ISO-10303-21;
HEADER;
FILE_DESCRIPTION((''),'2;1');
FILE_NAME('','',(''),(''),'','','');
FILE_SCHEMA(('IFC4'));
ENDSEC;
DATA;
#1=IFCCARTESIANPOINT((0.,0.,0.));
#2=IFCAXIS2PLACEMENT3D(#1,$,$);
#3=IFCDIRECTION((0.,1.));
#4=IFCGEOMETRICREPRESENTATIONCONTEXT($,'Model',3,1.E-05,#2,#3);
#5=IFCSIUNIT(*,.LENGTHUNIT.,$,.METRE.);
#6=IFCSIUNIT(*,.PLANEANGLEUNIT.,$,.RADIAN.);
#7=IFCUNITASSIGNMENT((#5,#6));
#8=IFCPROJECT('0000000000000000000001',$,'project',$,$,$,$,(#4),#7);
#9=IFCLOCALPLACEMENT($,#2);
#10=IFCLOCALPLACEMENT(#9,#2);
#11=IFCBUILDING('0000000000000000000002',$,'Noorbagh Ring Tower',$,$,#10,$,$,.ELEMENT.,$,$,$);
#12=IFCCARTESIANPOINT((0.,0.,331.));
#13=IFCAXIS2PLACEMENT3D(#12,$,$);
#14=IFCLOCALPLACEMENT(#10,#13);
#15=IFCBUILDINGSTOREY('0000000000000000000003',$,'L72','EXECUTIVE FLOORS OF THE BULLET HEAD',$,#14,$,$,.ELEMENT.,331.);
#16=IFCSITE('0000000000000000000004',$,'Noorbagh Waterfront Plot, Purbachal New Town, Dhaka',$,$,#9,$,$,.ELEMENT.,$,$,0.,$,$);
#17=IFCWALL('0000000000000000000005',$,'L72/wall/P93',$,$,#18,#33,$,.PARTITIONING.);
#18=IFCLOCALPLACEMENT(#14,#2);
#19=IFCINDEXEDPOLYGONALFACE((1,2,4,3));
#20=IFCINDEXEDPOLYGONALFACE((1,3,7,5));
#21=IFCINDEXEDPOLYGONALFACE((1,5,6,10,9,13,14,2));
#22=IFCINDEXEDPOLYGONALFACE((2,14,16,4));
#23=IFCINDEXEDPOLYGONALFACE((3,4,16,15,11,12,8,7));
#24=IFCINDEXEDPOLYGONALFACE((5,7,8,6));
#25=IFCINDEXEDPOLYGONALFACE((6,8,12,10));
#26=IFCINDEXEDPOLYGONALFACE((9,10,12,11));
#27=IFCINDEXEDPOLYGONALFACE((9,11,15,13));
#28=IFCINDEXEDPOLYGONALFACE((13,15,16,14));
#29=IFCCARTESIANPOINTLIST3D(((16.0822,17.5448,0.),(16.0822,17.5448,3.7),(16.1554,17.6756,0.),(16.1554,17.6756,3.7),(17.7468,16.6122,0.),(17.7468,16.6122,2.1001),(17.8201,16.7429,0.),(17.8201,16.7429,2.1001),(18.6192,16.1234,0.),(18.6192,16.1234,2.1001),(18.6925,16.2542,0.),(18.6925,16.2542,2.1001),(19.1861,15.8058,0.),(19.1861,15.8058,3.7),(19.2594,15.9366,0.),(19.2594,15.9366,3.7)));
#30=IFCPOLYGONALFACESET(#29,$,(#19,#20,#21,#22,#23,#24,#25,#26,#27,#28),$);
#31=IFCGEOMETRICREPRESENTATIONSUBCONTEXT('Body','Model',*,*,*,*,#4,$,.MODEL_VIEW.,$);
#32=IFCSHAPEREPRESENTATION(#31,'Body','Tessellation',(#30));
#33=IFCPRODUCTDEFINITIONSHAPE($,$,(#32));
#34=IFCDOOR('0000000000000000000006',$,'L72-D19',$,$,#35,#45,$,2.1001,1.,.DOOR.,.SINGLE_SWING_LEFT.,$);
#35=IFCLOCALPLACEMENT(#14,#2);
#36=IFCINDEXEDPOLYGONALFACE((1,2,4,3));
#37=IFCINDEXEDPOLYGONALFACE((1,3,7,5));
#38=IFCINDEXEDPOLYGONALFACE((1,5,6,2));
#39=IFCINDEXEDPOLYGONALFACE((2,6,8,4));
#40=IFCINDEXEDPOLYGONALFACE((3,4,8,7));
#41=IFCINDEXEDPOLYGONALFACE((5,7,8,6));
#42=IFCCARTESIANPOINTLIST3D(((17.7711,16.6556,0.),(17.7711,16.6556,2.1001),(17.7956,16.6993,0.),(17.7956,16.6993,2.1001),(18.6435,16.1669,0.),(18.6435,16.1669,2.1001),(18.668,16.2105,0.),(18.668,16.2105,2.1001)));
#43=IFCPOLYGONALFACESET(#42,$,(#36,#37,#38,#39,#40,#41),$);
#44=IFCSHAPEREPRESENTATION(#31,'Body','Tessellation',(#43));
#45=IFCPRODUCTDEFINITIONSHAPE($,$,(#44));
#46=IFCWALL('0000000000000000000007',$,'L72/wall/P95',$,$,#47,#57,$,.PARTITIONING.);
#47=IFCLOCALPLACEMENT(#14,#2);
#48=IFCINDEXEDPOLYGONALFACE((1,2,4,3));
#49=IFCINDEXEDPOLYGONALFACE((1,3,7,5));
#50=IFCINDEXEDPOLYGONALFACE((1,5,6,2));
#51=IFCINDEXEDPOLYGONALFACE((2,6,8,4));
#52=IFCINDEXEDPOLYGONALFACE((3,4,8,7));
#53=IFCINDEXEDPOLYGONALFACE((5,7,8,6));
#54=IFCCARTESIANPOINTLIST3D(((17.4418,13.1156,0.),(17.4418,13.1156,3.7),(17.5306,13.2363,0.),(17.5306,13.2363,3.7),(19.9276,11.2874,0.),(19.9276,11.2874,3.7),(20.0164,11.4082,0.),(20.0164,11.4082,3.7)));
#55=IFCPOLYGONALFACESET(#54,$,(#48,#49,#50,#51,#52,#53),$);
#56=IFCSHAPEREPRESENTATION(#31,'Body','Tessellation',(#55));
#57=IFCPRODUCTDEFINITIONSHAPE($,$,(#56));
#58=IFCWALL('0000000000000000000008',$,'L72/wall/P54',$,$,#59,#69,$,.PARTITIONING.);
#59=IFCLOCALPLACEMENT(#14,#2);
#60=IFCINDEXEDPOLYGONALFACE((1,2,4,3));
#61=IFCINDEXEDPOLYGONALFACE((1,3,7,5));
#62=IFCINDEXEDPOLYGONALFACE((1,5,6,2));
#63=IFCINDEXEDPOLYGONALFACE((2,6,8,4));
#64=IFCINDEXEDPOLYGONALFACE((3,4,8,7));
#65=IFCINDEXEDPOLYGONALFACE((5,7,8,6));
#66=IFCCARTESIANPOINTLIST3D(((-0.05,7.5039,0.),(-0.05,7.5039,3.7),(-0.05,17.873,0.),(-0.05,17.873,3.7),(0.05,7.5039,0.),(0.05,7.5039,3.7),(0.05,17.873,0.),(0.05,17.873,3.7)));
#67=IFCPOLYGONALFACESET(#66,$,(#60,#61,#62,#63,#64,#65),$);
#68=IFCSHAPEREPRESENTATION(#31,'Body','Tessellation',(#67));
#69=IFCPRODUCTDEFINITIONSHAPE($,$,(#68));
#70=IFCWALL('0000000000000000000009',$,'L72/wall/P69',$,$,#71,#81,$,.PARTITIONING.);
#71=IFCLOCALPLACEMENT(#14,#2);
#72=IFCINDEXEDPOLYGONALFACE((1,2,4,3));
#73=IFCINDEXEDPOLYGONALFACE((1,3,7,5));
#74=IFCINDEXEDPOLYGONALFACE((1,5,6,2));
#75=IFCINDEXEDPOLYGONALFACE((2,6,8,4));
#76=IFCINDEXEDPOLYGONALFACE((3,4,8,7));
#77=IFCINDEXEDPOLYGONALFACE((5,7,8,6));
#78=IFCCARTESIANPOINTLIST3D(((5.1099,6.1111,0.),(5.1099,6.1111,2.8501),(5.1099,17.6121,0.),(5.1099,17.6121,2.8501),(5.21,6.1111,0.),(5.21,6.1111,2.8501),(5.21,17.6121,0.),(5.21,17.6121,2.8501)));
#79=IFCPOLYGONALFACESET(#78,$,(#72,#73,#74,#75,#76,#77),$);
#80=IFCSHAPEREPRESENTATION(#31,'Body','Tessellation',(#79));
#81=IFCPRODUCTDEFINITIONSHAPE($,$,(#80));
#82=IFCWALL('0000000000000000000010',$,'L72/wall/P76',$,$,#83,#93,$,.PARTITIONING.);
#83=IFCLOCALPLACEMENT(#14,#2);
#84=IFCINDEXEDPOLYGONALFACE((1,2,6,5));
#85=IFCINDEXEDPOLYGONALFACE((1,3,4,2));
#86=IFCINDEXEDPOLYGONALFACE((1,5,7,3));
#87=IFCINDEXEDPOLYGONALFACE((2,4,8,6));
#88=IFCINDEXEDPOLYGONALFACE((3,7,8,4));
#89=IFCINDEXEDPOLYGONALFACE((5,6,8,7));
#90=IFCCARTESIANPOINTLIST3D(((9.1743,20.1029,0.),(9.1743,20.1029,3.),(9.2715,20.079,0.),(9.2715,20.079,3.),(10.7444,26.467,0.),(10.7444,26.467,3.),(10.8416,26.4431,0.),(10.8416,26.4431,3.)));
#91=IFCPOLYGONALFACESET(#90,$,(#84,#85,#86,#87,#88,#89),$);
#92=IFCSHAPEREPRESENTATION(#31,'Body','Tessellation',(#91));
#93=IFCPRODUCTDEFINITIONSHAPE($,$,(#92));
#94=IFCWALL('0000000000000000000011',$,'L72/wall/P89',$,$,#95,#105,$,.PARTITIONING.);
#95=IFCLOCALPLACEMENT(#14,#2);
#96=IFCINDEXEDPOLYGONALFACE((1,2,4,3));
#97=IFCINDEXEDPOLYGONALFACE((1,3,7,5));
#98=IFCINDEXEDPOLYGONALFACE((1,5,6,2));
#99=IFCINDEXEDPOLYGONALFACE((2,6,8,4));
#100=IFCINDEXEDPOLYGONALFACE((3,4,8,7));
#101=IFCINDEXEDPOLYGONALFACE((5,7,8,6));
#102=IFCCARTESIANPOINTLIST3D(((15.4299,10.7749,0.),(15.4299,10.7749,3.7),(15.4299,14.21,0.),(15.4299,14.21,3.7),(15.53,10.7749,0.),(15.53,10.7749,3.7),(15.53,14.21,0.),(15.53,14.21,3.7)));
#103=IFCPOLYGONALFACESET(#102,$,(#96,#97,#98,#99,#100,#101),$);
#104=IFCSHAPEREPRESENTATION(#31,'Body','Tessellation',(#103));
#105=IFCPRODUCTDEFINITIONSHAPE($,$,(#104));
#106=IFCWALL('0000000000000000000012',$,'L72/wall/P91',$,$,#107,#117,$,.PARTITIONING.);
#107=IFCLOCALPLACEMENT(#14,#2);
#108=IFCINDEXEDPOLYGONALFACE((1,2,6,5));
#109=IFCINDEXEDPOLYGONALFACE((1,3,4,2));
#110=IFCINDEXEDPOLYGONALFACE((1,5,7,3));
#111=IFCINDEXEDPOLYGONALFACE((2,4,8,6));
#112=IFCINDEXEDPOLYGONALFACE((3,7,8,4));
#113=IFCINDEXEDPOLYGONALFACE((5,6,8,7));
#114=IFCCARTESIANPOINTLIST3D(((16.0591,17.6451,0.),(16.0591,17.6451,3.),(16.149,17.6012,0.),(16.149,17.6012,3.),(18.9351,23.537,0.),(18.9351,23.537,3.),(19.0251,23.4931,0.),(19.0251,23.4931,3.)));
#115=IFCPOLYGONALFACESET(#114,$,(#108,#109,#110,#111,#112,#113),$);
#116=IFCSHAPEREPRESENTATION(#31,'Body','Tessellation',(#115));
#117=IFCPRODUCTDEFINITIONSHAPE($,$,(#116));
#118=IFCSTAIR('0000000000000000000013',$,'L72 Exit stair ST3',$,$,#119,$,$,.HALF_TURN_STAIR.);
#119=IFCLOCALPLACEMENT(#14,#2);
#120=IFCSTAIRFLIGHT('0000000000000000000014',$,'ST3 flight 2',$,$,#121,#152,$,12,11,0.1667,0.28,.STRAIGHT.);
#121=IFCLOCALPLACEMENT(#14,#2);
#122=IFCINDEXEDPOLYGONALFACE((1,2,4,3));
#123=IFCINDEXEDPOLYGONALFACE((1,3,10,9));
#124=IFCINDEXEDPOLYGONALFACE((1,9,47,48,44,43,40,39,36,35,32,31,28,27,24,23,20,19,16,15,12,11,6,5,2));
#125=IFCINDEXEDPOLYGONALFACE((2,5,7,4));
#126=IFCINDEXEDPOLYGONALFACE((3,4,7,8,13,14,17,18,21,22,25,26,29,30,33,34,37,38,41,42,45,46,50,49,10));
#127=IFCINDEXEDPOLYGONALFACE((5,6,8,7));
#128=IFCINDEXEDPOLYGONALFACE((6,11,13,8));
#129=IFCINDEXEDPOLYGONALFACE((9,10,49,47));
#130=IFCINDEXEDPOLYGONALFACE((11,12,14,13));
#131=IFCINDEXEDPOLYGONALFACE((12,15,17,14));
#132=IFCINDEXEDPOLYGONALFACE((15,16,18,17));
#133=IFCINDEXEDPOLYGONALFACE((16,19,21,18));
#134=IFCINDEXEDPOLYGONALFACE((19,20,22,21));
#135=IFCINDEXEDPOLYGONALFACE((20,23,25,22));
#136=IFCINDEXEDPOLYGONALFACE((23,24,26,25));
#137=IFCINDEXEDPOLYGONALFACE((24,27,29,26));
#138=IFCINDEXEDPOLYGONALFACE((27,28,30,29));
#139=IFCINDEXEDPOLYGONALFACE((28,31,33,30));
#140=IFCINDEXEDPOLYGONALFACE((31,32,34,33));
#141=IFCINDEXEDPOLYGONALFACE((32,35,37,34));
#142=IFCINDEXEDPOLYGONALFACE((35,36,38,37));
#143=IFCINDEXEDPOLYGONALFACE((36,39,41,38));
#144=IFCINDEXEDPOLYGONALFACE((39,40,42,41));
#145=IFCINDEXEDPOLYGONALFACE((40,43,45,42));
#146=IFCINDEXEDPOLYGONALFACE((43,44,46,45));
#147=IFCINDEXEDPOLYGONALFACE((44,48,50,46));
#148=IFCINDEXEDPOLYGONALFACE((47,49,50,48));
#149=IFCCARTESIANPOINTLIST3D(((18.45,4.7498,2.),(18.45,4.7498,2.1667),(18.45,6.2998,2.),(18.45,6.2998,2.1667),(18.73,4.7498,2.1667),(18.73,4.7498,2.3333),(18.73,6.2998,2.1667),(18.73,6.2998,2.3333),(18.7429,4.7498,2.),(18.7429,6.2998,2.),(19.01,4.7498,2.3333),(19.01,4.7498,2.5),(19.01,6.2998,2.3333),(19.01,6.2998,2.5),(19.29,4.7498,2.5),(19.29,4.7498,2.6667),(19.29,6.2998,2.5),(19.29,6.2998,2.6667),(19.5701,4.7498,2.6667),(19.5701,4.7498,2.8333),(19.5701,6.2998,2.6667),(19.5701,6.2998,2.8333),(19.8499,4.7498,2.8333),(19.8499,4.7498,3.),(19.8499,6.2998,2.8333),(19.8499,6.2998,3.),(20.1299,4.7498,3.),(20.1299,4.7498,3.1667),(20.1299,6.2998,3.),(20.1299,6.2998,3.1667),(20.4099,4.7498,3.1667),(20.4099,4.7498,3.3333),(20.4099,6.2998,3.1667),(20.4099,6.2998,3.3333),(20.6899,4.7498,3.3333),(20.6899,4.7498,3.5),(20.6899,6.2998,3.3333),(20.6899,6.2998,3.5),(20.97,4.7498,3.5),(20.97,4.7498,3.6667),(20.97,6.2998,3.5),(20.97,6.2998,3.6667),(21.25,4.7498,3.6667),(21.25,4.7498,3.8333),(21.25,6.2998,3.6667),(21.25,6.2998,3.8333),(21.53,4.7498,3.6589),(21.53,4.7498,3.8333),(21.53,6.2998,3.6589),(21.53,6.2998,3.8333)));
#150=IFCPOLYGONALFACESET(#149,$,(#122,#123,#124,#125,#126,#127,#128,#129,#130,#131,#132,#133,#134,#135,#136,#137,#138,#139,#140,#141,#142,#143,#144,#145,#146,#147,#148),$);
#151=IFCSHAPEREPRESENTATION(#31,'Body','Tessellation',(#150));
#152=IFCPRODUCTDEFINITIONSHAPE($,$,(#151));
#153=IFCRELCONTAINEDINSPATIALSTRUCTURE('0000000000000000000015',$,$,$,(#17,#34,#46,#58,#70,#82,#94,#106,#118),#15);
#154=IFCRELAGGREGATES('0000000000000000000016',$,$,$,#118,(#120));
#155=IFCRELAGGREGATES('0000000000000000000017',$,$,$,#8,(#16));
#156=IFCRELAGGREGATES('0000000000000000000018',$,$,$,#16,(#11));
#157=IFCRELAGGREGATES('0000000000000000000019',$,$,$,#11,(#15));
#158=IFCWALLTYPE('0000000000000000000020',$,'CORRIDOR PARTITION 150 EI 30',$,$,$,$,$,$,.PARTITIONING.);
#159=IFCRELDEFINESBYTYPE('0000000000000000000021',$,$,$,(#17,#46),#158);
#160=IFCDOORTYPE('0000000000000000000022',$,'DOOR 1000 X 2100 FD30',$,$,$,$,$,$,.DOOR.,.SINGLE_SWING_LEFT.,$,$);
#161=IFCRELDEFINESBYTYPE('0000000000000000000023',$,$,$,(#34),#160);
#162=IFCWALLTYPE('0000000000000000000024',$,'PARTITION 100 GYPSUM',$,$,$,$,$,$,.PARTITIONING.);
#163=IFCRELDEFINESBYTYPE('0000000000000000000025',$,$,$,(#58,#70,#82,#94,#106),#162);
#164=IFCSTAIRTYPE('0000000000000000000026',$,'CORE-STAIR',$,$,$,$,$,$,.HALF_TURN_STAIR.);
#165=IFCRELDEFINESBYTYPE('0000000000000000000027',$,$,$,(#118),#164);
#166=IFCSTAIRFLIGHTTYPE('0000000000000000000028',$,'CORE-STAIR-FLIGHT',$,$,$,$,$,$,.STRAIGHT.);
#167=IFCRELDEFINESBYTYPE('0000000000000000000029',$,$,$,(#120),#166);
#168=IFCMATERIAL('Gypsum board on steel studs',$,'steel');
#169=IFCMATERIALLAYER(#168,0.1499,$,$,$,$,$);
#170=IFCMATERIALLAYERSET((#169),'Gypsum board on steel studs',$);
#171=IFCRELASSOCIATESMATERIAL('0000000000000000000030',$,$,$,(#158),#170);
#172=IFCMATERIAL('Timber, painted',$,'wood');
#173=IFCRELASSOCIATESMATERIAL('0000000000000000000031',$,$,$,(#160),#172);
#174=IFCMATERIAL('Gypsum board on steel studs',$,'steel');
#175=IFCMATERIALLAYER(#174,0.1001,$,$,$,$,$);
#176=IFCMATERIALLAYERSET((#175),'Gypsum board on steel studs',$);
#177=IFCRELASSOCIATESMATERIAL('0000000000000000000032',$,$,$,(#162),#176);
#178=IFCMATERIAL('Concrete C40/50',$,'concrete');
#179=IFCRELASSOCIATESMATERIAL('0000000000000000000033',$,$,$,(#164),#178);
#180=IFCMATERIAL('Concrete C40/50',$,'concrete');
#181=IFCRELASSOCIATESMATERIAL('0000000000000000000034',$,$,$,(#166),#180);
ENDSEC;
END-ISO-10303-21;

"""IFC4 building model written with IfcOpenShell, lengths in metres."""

from ifc_helpers import new_model, si_unit, direction, frame, frame_2d, origin, place, context, subcontext, project, spatial, polyline, rectangle, outline, extrude, material, layer, layer_set, type_object, element, fill, aggregate, save


model = new_model("IFC4")

# Units and contexts
model_context = context("Model", 3, precision=1e-05, world=origin(), true_north=direction((0.0, 1.0)))
body_context = subcontext(model_context, "Body", "Model", "MODEL_VIEW")
ifc_project = project(units=[si_unit("LENGTHUNIT", "METRE"), si_unit("PLANEANGLEUNIT", "RADIAN")], contexts=[model_context])

# Site, building, storey
site_placement = place(None, origin())
site = spatial("IfcSite", under=ifc_project, at=site_placement, Name="Noorbagh Waterfront Plot, Purbachal New Town, Dhaka", CompositionType="ELEMENT", RefElevation=0.0)
building_placement = place(site_placement, origin())
building = spatial("IfcBuilding", under=site, at=building_placement, Name="Noorbagh Ring Tower", CompositionType="ELEMENT")
storey_placement = place(building_placement, frame((0.0, 0.0, 331.0)))
storey = spatial("IfcBuildingStorey", under=building, at=storey_placement, Name="L72", Description="EXECUTIVE FLOORS OF THE BULLET HEAD", CompositionType="ELEMENT", Elevation=331.0)

# Shared definitions
ifc_material_1 = material(Name="Gypsum board on steel studs", Category="steel")
ifc_layer_1 = layer(ifc_material_1, 0.1499)
ifc_layer_set_1 = layer_set([ifc_layer_1], Name="Gypsum board on steel studs")
wall_type_1 = type_object("IfcWallType", Name="CORRIDOR PARTITION 150 EI 30", PredefinedType="PARTITIONING", material=ifc_layer_set_1)
ifc_material_2 = material(Name="Timber, painted", Category="wood")
door_type_1 = type_object("IfcDoorType", Name="DOOR 1000 X 2100 FD30", OperationType="SINGLE_SWING_LEFT", PredefinedType="DOOR", material=ifc_material_2)

# Wall, opening, door
wall_1_placement = place(storey_placement, frame((16.1189, 17.6101, 0.0), z_axis=(0.0, 0.0, 1.0), x_axis=(0.872414, -0.488768, 0.0)))
wall_1 = element("IfcWall", 1, at=wall_1_placement, inside=storey, type_object=wall_type_1, Name="L72/wall/P93", PredefinedType="PARTITIONING", context=body_context, shape_type="SweptSolid", body=[
    extrude(rectangle(XDim=3.5579, YDim=0.1499, at=frame_2d((1.7788, 0.0))), origin(), (0.0, 0.0, 1.0), 3.7),
])
opening_1_placement = place(wall_1_placement, frame((1.908, 0.0, 0.0)))
opening_1 = element("IfcOpeningElement", 2, at=opening_1_placement, cuts=wall_1, PredefinedType="OPENING", context=body_context, shape_type="SweptSolid", body=[
    extrude(rectangle(XDim=1.0, YDim=2.1001, at=frame_2d((0.5, 1.05))), frame((0.0, 0.085, 0.0), z_axis=(0.0, -1.0, 0.0), x_axis=(1.0, 0.0, 0.0)), (0.0, 0.0, 1.0), 0.1699),
])
door_1_placement = place(opening_1_placement, origin())
door_1 = element("IfcDoor", 3, at=door_1_placement, inside=storey, type_object=door_type_1, Name="L72-D19", OperationType="SINGLE_SWING_LEFT", OverallHeight=2.1001, OverallWidth=1.0, PredefinedType="DOOR", context=body_context, shape_type="SweptSolid", body=[
    extrude(rectangle(XDim=1.0, YDim=2.1001, at=frame_2d((0.5, 1.05))), frame((0.0, 0.0249, 0.0), z_axis=(0.0, -1.0, 0.0), x_axis=(1.0, 0.0, 0.0)), (0.0, 0.0, 1.0), 0.05),
])
fill(opening_1, door_1)

# Walls
wall_2_placement = place(storey_placement, frame((17.4861, 13.176, 0.0), z_axis=(0.0, 0.0, 1.0), x_axis=(0.805604, -0.592454, 0.0)))
element("IfcWall", 4, at=wall_2_placement, inside=storey, type_object=wall_type_1, Name="L72/wall/P95", PredefinedType="PARTITIONING", context=body_context, shape_type="SweptSolid", body=[
    extrude(rectangle(XDim=3.0857, YDim=0.1499, at=frame_2d((1.543, 0.0))), origin(), (0.0, 0.0, 1.0), 3.7),
])
ifc_material_3 = material(Name="Gypsum board on steel studs", Category="steel")
ifc_layer_2 = layer(ifc_material_3, 0.1001)
ifc_layer_set_2 = layer_set([ifc_layer_2], Name="Gypsum board on steel studs")
wall_type_2 = type_object("IfcWallType", Name="PARTITION 100 GYPSUM", PredefinedType="PARTITIONING", material=ifc_layer_set_2)
wall_3_placement = place(storey_placement, frame((0.0, 7.5039, 0.0), z_axis=(0.0, 0.0, 1.0), x_axis=(0.0, 1.0, 0.0)))
element("IfcWall", 5, at=wall_3_placement, inside=storey, type_object=wall_type_2, Name="L72/wall/P54", PredefinedType="PARTITIONING", context=body_context, shape_type="SweptSolid", body=[
    extrude(rectangle(XDim=10.3691, YDim=0.1001, at=frame_2d((5.1846, 0.0))), origin(), (0.0, 0.0, 1.0), 3.7),
])
wall_4_placement = place(storey_placement, frame((5.1599, 6.1111, 0.0), z_axis=(0.0, 0.0, 1.0), x_axis=(0.0, 1.0, 0.0)))
element("IfcWall", 6, at=wall_4_placement, inside=storey, type_object=wall_type_2, Name="L72/wall/P69", PredefinedType="PARTITIONING", context=body_context, shape_type="SweptSolid", body=[
    extrude(rectangle(XDim=11.501, YDim=0.1001, at=frame_2d((5.7505, 0.0))), origin(), (0.0, 0.0, 1.0), 2.8501),
])
wall_5_placement = place(storey_placement, frame((9.2229, 20.0911, 0.0), z_axis=(0.0, 0.0, 1.0), x_axis=(0.239528, 0.970889, 0.0)))
element("IfcWall", 7, at=wall_5_placement, inside=storey, type_object=wall_type_2, Name="L72/wall/P76", PredefinedType="PARTITIONING", context=body_context, shape_type="SweptSolid", body=[
    extrude(rectangle(XDim=6.5549, YDim=0.1001, at=frame_2d((3.2773, 0.0))), origin(), (0.0, 0.0, 1.0), 3.0),
])
wall_6_placement = place(storey_placement, frame((15.48, 10.7749, 0.0), z_axis=(0.0, 0.0, 1.0), x_axis=(0.0, 1.0, 0.0)))
element("IfcWall", 8, at=wall_6_placement, inside=storey, type_object=wall_type_2, Name="L72/wall/P89", PredefinedType="PARTITIONING", context=body_context, shape_type="SweptSolid", body=[
    extrude(rectangle(XDim=3.4351, YDim=0.1001, at=frame_2d((1.7175, 0.0))), origin(), (0.0, 0.0, 1.0), 3.7),
])
wall_7_placement = place(storey_placement, frame((16.104, 17.623, 0.0), z_axis=(0.0, 0.0, 1.0), x_axis=(0.438658, 0.898654, 0.0)))
element("IfcWall", 9, at=wall_7_placement, inside=storey, type_object=wall_type_2, Name="L72/wall/P91", PredefinedType="PARTITIONING", context=body_context, shape_type="SweptSolid", body=[
    extrude(rectangle(XDim=6.5564, YDim=0.1001, at=frame_2d((3.2783, 0.0))), origin(), (0.0, 0.0, 1.0), 3.0),
])

# Stair, stair flight
ifc_material_4 = material(Name="Concrete C40/50", Category="concrete")
stair_type = type_object("IfcStairType", Name="CORE-STAIR", PredefinedType="HALF_TURN_STAIR", material=ifc_material_4)
stair_placement = place(storey_placement, origin())
stair = element("IfcStair", 10, at=stair_placement, inside=storey, type_object=stair_type, Name="L72 Exit stair ST3", PredefinedType="HALF_TURN_STAIR")
ifc_material_5 = material(Name="Concrete C40/50", Category="concrete")
stair_flight_type = type_object("IfcStairFlightType", Name="CORE-STAIR-FLIGHT", PredefinedType="STRAIGHT", material=ifc_material_5)
stair_flight_placement = place(storey_placement, frame((18.45, 5.5249, 2.0), z_axis=(0.0, 0.0, 1.0), x_axis=(1.0, 0.0, 0.0)))
stair_flight = element("IfcStairFlight", 11, at=stair_flight_placement, type_object=stair_flight_type, Name="ST3 flight 2", NumberOfRisers=12, NumberOfTreads=11, PredefinedType="STRAIGHT", RiserHeight=0.1667, TreadLength=0.28, context=body_context, shape_type="SweptSolid", body=[
    extrude(outline(polyline([(0.0, 0.0), (0.0, 0.1667), (0.28, 0.1667), (0.28, 0.3333), (0.5601, 0.3333), (0.5601, 0.5), (0.8401, 0.5), (0.8401, 0.6667), (1.1201, 0.6667), (1.1201, 0.8333), (1.3999, 0.8333), (1.3999, 1.0), (1.6799, 1.0), (1.6799, 1.1667), (1.96, 1.1667), (1.96, 1.3333), (2.24, 1.3333), (2.24, 1.5), (2.52, 1.5), (2.52, 1.6667), (2.8, 1.6667), (2.8, 1.8333), (3.0801, 1.8333), (3.0801, 2.0), (3.0801, 1.6589), (0.293, 0.0), (0.0, 0.0)])), frame((0.0, 0.7749, 0.0), z_axis=(0.0, -1.0, 0.0), x_axis=(1.0, 0.0, 0.0)), (0.0, 0.0, 1.0), 1.55),
])
aggregate(stair, [stair_flight])

save(model, "model.ifc")
